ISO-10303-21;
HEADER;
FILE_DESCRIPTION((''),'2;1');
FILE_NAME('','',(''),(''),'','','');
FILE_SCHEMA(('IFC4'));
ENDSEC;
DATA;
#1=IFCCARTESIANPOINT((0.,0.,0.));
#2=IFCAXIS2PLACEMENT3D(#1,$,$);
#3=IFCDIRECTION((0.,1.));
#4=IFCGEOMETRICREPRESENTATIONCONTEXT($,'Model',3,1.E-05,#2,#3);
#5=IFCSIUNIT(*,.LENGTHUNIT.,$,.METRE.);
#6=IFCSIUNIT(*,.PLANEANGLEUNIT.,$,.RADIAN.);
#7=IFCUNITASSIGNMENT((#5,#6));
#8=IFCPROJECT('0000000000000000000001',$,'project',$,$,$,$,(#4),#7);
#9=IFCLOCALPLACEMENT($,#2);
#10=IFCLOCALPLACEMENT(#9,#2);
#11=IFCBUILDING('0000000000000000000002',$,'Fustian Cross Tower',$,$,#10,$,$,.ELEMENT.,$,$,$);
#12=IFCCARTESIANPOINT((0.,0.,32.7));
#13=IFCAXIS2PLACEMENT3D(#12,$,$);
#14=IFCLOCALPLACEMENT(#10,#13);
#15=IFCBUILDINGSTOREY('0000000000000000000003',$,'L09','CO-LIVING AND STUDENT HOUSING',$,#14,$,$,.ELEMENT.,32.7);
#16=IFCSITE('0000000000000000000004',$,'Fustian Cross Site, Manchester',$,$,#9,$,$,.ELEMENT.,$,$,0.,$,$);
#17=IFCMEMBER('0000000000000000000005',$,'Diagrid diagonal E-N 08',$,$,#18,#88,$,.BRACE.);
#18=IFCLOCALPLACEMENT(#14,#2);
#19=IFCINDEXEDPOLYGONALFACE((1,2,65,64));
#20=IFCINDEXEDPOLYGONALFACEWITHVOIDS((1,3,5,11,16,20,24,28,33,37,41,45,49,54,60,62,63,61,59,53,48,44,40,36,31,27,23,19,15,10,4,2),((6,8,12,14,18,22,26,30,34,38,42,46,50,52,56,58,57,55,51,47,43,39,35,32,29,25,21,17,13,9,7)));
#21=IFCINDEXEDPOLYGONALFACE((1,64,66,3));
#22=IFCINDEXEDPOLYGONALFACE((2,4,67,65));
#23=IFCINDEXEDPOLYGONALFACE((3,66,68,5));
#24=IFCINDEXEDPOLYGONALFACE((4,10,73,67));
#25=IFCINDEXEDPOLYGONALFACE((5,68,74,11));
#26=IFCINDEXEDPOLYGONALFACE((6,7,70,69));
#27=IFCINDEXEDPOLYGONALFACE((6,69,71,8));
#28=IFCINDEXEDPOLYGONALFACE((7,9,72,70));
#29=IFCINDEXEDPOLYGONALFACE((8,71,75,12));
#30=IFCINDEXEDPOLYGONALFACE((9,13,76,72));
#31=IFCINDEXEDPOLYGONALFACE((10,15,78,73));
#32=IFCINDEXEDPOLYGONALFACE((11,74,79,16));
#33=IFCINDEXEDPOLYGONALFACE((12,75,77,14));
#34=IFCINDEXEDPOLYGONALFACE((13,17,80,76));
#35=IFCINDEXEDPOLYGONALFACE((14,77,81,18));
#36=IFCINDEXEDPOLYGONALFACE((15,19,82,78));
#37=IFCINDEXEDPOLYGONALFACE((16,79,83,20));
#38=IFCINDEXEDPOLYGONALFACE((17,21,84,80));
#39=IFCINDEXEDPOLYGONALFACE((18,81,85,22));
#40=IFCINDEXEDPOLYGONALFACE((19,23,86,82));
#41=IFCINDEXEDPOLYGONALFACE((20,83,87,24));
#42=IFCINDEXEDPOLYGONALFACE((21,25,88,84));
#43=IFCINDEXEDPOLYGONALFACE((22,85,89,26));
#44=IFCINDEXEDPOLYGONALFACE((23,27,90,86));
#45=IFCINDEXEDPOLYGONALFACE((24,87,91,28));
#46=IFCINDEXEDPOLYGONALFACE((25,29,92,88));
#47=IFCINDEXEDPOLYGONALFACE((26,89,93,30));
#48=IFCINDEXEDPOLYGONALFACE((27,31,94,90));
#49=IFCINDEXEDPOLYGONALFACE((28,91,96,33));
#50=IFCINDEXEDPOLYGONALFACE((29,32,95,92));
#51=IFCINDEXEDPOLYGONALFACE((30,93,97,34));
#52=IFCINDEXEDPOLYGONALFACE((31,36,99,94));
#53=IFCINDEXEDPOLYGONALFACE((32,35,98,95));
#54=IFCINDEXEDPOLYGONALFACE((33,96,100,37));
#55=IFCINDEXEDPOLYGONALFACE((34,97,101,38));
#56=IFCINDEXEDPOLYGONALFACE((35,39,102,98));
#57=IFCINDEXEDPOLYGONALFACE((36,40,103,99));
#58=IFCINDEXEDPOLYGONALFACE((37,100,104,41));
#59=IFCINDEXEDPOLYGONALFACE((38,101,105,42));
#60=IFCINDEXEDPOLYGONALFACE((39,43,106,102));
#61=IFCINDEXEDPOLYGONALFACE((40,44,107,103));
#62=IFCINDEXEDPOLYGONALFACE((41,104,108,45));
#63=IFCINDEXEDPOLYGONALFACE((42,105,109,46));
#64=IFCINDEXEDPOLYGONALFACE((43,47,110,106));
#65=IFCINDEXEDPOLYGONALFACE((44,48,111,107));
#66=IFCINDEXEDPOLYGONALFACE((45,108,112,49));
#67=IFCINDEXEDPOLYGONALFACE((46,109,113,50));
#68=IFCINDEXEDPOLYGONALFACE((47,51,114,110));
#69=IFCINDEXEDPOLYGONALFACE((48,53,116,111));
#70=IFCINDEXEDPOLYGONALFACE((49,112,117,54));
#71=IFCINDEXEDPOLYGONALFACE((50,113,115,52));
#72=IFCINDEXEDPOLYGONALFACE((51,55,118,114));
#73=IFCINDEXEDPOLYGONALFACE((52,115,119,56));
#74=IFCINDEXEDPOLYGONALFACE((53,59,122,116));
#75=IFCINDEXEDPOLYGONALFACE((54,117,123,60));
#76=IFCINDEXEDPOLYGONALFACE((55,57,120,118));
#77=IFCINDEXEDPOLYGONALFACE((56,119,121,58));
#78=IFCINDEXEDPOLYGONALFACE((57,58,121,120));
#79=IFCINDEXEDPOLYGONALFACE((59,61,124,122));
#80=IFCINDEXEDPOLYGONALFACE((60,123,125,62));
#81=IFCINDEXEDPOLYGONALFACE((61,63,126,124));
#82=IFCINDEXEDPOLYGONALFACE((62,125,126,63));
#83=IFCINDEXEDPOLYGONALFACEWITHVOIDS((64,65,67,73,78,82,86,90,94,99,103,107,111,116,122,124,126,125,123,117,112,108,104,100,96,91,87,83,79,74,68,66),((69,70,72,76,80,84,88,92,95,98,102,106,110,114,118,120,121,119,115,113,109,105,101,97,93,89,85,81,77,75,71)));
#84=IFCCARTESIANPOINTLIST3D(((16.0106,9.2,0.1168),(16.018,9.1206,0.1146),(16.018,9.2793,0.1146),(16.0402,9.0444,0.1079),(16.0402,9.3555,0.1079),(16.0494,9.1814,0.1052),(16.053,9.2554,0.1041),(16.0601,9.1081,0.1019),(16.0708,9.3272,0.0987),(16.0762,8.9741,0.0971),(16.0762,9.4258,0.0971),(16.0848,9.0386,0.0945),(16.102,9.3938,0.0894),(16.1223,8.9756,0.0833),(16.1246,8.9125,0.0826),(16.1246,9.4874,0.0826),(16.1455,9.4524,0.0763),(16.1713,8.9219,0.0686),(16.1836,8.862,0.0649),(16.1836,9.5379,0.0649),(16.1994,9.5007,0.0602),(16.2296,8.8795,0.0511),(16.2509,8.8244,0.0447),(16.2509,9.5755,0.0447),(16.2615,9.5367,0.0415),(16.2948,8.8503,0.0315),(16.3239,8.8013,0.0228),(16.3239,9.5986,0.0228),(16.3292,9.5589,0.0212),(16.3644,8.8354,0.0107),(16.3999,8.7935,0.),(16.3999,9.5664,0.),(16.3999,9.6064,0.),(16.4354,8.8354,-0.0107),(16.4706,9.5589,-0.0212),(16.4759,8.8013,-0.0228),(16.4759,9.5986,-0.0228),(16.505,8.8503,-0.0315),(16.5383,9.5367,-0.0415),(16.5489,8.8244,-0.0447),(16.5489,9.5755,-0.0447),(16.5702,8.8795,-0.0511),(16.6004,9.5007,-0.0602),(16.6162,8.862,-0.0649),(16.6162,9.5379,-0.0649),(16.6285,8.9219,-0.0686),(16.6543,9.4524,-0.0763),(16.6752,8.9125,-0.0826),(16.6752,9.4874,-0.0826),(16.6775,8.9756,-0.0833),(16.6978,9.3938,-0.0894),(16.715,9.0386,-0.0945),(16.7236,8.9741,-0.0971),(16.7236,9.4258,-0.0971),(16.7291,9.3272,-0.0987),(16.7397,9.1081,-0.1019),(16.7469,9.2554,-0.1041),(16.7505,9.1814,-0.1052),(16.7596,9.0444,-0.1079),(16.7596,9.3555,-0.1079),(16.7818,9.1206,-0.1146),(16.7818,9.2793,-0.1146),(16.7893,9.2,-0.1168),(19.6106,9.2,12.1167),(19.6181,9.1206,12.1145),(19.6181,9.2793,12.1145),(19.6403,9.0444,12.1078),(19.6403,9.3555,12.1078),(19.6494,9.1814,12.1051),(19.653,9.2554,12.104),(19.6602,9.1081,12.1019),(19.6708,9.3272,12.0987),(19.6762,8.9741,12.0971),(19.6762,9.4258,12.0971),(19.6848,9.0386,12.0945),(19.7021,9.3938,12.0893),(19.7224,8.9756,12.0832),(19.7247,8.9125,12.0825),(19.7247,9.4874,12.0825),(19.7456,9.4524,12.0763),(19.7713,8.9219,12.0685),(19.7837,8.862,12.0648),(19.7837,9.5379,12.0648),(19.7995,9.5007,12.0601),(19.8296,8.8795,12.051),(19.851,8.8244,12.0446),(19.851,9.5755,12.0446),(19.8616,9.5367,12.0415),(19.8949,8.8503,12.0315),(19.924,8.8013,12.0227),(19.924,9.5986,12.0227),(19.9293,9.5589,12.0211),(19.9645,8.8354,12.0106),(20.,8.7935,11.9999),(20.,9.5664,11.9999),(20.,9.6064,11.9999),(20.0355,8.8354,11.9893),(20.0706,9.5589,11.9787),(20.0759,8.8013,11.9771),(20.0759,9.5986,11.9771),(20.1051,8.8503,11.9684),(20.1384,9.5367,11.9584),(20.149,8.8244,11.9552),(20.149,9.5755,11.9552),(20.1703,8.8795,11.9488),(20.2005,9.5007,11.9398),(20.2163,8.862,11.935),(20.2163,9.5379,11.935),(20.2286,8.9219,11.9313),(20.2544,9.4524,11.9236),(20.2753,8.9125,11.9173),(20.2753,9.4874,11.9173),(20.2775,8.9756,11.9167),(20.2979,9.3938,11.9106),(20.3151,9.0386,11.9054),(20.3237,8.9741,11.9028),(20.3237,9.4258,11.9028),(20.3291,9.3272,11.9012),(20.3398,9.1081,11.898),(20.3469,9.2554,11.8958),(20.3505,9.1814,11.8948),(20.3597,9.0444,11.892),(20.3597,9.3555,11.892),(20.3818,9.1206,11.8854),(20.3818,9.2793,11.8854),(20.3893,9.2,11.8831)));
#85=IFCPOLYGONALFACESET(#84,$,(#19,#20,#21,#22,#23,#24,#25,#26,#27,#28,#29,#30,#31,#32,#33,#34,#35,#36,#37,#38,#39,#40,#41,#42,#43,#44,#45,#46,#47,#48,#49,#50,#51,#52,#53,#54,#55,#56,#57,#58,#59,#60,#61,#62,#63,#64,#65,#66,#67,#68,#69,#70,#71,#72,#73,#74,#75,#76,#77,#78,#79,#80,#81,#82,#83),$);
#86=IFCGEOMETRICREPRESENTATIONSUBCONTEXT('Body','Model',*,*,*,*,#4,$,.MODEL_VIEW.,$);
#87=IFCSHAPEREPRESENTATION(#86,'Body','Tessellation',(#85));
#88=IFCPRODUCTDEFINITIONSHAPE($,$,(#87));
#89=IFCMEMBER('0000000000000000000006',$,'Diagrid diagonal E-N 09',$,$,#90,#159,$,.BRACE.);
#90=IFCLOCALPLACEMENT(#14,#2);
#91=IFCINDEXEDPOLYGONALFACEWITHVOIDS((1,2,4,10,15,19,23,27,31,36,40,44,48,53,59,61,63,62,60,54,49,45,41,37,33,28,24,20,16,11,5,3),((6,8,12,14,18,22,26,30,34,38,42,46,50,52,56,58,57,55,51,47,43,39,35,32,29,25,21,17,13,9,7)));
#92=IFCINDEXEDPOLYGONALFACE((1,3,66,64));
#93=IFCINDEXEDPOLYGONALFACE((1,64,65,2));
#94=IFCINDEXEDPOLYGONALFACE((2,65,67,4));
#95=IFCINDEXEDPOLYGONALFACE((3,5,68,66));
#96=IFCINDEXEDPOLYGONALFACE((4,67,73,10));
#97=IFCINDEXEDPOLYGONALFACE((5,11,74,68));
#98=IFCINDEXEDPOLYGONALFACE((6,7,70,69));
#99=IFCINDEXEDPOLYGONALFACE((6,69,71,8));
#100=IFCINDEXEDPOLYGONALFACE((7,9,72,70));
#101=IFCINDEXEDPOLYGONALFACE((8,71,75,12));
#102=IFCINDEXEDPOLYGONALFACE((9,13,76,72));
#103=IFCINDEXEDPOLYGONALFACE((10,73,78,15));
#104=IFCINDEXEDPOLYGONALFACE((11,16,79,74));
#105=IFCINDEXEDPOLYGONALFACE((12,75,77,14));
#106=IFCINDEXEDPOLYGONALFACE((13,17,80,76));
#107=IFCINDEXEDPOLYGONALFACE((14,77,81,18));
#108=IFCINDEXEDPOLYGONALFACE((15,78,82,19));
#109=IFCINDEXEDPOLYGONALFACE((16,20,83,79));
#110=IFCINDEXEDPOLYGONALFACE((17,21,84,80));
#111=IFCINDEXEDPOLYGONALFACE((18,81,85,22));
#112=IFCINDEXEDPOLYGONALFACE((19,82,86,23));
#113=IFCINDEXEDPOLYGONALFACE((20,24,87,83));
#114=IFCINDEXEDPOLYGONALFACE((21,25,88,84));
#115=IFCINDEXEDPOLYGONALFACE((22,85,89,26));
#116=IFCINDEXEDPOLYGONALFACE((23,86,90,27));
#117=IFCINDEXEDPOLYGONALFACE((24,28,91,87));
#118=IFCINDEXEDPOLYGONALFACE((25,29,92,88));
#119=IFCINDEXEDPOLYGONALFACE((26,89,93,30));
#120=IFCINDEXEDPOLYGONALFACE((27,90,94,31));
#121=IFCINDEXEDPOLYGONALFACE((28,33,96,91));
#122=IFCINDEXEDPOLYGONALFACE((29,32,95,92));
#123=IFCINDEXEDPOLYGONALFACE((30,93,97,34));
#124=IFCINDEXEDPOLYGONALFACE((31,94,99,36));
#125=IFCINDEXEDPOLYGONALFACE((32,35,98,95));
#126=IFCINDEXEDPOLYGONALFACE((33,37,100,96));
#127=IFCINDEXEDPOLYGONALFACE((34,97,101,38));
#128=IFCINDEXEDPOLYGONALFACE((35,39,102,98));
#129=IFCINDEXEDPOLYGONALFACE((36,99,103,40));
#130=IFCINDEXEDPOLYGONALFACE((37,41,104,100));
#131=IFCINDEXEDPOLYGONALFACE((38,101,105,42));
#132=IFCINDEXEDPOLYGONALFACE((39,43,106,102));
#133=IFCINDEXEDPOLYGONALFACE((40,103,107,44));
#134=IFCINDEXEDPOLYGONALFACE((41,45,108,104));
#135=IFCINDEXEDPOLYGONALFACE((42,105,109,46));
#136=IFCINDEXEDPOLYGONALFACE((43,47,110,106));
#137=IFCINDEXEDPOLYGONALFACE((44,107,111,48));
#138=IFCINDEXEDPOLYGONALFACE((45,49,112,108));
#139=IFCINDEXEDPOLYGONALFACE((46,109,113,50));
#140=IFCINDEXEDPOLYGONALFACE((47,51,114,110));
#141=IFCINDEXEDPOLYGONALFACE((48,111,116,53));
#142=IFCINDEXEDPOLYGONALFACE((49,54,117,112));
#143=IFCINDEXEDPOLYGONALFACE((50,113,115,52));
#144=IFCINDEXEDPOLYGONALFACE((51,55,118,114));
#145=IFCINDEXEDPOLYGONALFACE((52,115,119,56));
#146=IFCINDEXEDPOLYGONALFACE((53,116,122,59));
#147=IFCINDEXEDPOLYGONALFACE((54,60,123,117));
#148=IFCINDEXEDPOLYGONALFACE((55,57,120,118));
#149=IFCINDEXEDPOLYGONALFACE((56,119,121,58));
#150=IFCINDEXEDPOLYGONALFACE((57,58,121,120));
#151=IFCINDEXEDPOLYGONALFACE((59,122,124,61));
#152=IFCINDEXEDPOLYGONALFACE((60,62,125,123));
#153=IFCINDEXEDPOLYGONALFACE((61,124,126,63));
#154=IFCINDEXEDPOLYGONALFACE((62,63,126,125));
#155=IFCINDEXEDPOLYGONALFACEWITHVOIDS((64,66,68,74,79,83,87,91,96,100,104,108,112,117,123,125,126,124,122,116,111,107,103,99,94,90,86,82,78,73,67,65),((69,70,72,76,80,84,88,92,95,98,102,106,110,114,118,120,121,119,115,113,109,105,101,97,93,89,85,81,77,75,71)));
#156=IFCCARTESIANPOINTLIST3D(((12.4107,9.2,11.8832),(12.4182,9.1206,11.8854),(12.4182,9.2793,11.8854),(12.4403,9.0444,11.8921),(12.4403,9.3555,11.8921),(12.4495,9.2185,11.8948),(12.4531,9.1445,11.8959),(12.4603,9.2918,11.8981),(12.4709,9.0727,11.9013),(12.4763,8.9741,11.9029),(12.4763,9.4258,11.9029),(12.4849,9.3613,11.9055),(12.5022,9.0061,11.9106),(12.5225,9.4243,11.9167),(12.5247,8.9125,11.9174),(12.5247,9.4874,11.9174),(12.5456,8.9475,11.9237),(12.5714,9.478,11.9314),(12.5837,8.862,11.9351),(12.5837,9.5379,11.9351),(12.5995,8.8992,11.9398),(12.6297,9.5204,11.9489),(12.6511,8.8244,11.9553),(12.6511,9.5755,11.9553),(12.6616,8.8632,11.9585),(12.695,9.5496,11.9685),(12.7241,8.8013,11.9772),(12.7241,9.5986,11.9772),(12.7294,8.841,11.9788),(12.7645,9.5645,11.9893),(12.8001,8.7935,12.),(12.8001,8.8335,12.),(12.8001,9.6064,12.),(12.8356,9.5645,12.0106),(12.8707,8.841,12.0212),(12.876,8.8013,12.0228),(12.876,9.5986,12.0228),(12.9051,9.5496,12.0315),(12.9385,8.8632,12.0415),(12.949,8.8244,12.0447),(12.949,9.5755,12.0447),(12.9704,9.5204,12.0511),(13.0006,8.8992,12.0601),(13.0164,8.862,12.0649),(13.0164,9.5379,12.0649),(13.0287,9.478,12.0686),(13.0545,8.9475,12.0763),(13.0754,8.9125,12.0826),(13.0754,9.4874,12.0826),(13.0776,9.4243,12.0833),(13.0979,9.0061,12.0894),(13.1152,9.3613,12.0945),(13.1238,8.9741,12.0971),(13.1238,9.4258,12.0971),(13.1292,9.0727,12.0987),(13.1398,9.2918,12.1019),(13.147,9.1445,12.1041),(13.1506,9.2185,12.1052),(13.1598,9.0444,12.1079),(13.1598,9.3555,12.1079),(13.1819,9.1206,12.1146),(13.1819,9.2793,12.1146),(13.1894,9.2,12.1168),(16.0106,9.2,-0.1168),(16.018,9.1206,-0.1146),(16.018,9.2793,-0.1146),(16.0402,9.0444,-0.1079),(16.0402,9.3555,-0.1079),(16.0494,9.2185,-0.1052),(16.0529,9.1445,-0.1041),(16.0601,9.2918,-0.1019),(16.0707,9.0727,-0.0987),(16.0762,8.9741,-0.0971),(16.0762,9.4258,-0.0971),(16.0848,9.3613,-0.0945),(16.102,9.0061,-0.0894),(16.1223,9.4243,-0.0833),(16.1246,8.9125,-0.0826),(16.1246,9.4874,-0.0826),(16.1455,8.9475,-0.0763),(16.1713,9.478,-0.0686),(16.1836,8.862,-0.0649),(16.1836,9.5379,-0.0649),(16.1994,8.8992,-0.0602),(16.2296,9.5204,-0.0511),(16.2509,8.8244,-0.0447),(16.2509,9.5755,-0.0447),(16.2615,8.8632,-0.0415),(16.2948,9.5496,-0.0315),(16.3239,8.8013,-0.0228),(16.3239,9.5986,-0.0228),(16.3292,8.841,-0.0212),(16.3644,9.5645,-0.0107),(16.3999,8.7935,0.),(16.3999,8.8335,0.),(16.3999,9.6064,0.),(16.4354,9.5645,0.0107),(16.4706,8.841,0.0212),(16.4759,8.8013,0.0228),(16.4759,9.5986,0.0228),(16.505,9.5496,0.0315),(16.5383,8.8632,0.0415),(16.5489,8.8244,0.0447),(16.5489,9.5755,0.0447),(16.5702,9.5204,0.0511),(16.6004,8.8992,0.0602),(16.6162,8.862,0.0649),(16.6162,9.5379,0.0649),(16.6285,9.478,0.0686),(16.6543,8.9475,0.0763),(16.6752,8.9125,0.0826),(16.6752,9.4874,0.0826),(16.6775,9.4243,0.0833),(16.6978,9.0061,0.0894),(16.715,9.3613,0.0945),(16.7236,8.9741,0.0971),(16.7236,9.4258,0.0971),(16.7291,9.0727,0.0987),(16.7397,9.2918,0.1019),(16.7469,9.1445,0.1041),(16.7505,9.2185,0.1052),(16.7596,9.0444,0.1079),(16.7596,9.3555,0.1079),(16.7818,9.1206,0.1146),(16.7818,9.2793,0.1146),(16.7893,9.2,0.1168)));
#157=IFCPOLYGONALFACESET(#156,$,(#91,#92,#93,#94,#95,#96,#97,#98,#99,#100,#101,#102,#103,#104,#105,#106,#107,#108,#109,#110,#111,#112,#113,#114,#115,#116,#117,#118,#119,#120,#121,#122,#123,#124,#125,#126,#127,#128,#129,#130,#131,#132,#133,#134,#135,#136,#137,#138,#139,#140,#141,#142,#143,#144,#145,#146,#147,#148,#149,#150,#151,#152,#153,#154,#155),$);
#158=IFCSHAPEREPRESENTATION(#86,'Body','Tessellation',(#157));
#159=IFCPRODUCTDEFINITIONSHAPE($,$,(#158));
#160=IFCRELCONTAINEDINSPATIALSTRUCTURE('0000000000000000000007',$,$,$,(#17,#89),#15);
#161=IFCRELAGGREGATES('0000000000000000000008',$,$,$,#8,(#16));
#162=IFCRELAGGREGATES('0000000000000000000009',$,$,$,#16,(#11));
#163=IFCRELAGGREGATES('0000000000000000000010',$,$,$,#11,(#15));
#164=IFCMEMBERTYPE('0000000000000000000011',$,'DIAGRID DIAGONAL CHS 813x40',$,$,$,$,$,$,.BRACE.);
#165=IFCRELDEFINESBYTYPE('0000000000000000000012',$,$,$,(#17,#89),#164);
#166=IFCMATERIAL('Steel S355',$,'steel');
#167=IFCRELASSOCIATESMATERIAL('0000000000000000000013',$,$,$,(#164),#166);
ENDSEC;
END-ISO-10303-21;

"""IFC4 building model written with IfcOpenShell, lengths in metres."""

from ifc_helpers import new_model, si_unit, direction, frame, origin, origin_2d, place, context, subcontext, project, spatial, hollow_circle, extrude, material, material_profile, profile_set, type_object, element, save


model = new_model("IFC4")

# Units and contexts
model_context = context("Model", 3, precision=1e-05, world=origin(), true_north=direction((0.0, 1.0)))
body_context = subcontext(model_context, "Body", "Model", "MODEL_VIEW")
ifc_project = project(units=[si_unit("LENGTHUNIT", "METRE"), si_unit("PLANEANGLEUNIT", "RADIAN")], contexts=[model_context])

# Site, building, storey
site_placement = place(None, origin())
site = spatial("IfcSite", under=ifc_project, at=site_placement, Name="Fustian Cross Site, Manchester", CompositionType="ELEMENT", RefElevation=0.0)
building_placement = place(site_placement, origin())
building = spatial("IfcBuilding", under=site, at=building_placement, Name="Fustian Cross Tower", CompositionType="ELEMENT")
storey_placement = place(building_placement, frame((0.0, 0.0, 32.7)))
storey = spatial("IfcBuildingStorey", under=building, at=storey_placement, Name="L09", Description="CO-LIVING AND STUDENT HOUSING", CompositionType="ELEMENT", Elevation=32.7)

# Members
ifc_material_1 = material(Name="Steel S355", Category="steel")
ifc_material_profile_1 = material_profile(ifc_material_1, hollow_circle(Radius=0.4065, WallThickness=0.04, at=origin_2d()), Name="CHS 813x40")
ifc_profile_set_1 = profile_set([ifc_material_profile_1], Name="Steel S355")
member_type_1 = type_object("IfcMemberType", Name="DIAGRID DIAGONAL CHS 813x40", PredefinedType="BRACE", material=ifc_profile_set_1)
for number, where, z_axis, x_axis, name in (
    (1, (16.3999, 9.2, 0.0), (0.287355, 0.0, 0.957824), (0.0, 1.0, 0.0), "Diagrid diagonal E-N 08"),
    (2, (16.3999, 9.2, 0.0), (-0.287337, 0.0, 0.95783), (0.0, -1.0, 0.0), "Diagrid diagonal E-N 09"),
):
    element("IfcMember", number, at=place(storey_placement, frame(where, z_axis=z_axis, x_axis=x_axis)), inside=storey, type_object=member_type_1, Name=name, PredefinedType="BRACE", context=body_context, shape_type="SweptSolid", body=[
        extrude(hollow_circle(Radius=0.4065, WallThickness=0.04, at=origin_2d()), origin(), (0.0, 0.0, 1.0), 12.5283),
    ])

save(model, "model.ifc")
